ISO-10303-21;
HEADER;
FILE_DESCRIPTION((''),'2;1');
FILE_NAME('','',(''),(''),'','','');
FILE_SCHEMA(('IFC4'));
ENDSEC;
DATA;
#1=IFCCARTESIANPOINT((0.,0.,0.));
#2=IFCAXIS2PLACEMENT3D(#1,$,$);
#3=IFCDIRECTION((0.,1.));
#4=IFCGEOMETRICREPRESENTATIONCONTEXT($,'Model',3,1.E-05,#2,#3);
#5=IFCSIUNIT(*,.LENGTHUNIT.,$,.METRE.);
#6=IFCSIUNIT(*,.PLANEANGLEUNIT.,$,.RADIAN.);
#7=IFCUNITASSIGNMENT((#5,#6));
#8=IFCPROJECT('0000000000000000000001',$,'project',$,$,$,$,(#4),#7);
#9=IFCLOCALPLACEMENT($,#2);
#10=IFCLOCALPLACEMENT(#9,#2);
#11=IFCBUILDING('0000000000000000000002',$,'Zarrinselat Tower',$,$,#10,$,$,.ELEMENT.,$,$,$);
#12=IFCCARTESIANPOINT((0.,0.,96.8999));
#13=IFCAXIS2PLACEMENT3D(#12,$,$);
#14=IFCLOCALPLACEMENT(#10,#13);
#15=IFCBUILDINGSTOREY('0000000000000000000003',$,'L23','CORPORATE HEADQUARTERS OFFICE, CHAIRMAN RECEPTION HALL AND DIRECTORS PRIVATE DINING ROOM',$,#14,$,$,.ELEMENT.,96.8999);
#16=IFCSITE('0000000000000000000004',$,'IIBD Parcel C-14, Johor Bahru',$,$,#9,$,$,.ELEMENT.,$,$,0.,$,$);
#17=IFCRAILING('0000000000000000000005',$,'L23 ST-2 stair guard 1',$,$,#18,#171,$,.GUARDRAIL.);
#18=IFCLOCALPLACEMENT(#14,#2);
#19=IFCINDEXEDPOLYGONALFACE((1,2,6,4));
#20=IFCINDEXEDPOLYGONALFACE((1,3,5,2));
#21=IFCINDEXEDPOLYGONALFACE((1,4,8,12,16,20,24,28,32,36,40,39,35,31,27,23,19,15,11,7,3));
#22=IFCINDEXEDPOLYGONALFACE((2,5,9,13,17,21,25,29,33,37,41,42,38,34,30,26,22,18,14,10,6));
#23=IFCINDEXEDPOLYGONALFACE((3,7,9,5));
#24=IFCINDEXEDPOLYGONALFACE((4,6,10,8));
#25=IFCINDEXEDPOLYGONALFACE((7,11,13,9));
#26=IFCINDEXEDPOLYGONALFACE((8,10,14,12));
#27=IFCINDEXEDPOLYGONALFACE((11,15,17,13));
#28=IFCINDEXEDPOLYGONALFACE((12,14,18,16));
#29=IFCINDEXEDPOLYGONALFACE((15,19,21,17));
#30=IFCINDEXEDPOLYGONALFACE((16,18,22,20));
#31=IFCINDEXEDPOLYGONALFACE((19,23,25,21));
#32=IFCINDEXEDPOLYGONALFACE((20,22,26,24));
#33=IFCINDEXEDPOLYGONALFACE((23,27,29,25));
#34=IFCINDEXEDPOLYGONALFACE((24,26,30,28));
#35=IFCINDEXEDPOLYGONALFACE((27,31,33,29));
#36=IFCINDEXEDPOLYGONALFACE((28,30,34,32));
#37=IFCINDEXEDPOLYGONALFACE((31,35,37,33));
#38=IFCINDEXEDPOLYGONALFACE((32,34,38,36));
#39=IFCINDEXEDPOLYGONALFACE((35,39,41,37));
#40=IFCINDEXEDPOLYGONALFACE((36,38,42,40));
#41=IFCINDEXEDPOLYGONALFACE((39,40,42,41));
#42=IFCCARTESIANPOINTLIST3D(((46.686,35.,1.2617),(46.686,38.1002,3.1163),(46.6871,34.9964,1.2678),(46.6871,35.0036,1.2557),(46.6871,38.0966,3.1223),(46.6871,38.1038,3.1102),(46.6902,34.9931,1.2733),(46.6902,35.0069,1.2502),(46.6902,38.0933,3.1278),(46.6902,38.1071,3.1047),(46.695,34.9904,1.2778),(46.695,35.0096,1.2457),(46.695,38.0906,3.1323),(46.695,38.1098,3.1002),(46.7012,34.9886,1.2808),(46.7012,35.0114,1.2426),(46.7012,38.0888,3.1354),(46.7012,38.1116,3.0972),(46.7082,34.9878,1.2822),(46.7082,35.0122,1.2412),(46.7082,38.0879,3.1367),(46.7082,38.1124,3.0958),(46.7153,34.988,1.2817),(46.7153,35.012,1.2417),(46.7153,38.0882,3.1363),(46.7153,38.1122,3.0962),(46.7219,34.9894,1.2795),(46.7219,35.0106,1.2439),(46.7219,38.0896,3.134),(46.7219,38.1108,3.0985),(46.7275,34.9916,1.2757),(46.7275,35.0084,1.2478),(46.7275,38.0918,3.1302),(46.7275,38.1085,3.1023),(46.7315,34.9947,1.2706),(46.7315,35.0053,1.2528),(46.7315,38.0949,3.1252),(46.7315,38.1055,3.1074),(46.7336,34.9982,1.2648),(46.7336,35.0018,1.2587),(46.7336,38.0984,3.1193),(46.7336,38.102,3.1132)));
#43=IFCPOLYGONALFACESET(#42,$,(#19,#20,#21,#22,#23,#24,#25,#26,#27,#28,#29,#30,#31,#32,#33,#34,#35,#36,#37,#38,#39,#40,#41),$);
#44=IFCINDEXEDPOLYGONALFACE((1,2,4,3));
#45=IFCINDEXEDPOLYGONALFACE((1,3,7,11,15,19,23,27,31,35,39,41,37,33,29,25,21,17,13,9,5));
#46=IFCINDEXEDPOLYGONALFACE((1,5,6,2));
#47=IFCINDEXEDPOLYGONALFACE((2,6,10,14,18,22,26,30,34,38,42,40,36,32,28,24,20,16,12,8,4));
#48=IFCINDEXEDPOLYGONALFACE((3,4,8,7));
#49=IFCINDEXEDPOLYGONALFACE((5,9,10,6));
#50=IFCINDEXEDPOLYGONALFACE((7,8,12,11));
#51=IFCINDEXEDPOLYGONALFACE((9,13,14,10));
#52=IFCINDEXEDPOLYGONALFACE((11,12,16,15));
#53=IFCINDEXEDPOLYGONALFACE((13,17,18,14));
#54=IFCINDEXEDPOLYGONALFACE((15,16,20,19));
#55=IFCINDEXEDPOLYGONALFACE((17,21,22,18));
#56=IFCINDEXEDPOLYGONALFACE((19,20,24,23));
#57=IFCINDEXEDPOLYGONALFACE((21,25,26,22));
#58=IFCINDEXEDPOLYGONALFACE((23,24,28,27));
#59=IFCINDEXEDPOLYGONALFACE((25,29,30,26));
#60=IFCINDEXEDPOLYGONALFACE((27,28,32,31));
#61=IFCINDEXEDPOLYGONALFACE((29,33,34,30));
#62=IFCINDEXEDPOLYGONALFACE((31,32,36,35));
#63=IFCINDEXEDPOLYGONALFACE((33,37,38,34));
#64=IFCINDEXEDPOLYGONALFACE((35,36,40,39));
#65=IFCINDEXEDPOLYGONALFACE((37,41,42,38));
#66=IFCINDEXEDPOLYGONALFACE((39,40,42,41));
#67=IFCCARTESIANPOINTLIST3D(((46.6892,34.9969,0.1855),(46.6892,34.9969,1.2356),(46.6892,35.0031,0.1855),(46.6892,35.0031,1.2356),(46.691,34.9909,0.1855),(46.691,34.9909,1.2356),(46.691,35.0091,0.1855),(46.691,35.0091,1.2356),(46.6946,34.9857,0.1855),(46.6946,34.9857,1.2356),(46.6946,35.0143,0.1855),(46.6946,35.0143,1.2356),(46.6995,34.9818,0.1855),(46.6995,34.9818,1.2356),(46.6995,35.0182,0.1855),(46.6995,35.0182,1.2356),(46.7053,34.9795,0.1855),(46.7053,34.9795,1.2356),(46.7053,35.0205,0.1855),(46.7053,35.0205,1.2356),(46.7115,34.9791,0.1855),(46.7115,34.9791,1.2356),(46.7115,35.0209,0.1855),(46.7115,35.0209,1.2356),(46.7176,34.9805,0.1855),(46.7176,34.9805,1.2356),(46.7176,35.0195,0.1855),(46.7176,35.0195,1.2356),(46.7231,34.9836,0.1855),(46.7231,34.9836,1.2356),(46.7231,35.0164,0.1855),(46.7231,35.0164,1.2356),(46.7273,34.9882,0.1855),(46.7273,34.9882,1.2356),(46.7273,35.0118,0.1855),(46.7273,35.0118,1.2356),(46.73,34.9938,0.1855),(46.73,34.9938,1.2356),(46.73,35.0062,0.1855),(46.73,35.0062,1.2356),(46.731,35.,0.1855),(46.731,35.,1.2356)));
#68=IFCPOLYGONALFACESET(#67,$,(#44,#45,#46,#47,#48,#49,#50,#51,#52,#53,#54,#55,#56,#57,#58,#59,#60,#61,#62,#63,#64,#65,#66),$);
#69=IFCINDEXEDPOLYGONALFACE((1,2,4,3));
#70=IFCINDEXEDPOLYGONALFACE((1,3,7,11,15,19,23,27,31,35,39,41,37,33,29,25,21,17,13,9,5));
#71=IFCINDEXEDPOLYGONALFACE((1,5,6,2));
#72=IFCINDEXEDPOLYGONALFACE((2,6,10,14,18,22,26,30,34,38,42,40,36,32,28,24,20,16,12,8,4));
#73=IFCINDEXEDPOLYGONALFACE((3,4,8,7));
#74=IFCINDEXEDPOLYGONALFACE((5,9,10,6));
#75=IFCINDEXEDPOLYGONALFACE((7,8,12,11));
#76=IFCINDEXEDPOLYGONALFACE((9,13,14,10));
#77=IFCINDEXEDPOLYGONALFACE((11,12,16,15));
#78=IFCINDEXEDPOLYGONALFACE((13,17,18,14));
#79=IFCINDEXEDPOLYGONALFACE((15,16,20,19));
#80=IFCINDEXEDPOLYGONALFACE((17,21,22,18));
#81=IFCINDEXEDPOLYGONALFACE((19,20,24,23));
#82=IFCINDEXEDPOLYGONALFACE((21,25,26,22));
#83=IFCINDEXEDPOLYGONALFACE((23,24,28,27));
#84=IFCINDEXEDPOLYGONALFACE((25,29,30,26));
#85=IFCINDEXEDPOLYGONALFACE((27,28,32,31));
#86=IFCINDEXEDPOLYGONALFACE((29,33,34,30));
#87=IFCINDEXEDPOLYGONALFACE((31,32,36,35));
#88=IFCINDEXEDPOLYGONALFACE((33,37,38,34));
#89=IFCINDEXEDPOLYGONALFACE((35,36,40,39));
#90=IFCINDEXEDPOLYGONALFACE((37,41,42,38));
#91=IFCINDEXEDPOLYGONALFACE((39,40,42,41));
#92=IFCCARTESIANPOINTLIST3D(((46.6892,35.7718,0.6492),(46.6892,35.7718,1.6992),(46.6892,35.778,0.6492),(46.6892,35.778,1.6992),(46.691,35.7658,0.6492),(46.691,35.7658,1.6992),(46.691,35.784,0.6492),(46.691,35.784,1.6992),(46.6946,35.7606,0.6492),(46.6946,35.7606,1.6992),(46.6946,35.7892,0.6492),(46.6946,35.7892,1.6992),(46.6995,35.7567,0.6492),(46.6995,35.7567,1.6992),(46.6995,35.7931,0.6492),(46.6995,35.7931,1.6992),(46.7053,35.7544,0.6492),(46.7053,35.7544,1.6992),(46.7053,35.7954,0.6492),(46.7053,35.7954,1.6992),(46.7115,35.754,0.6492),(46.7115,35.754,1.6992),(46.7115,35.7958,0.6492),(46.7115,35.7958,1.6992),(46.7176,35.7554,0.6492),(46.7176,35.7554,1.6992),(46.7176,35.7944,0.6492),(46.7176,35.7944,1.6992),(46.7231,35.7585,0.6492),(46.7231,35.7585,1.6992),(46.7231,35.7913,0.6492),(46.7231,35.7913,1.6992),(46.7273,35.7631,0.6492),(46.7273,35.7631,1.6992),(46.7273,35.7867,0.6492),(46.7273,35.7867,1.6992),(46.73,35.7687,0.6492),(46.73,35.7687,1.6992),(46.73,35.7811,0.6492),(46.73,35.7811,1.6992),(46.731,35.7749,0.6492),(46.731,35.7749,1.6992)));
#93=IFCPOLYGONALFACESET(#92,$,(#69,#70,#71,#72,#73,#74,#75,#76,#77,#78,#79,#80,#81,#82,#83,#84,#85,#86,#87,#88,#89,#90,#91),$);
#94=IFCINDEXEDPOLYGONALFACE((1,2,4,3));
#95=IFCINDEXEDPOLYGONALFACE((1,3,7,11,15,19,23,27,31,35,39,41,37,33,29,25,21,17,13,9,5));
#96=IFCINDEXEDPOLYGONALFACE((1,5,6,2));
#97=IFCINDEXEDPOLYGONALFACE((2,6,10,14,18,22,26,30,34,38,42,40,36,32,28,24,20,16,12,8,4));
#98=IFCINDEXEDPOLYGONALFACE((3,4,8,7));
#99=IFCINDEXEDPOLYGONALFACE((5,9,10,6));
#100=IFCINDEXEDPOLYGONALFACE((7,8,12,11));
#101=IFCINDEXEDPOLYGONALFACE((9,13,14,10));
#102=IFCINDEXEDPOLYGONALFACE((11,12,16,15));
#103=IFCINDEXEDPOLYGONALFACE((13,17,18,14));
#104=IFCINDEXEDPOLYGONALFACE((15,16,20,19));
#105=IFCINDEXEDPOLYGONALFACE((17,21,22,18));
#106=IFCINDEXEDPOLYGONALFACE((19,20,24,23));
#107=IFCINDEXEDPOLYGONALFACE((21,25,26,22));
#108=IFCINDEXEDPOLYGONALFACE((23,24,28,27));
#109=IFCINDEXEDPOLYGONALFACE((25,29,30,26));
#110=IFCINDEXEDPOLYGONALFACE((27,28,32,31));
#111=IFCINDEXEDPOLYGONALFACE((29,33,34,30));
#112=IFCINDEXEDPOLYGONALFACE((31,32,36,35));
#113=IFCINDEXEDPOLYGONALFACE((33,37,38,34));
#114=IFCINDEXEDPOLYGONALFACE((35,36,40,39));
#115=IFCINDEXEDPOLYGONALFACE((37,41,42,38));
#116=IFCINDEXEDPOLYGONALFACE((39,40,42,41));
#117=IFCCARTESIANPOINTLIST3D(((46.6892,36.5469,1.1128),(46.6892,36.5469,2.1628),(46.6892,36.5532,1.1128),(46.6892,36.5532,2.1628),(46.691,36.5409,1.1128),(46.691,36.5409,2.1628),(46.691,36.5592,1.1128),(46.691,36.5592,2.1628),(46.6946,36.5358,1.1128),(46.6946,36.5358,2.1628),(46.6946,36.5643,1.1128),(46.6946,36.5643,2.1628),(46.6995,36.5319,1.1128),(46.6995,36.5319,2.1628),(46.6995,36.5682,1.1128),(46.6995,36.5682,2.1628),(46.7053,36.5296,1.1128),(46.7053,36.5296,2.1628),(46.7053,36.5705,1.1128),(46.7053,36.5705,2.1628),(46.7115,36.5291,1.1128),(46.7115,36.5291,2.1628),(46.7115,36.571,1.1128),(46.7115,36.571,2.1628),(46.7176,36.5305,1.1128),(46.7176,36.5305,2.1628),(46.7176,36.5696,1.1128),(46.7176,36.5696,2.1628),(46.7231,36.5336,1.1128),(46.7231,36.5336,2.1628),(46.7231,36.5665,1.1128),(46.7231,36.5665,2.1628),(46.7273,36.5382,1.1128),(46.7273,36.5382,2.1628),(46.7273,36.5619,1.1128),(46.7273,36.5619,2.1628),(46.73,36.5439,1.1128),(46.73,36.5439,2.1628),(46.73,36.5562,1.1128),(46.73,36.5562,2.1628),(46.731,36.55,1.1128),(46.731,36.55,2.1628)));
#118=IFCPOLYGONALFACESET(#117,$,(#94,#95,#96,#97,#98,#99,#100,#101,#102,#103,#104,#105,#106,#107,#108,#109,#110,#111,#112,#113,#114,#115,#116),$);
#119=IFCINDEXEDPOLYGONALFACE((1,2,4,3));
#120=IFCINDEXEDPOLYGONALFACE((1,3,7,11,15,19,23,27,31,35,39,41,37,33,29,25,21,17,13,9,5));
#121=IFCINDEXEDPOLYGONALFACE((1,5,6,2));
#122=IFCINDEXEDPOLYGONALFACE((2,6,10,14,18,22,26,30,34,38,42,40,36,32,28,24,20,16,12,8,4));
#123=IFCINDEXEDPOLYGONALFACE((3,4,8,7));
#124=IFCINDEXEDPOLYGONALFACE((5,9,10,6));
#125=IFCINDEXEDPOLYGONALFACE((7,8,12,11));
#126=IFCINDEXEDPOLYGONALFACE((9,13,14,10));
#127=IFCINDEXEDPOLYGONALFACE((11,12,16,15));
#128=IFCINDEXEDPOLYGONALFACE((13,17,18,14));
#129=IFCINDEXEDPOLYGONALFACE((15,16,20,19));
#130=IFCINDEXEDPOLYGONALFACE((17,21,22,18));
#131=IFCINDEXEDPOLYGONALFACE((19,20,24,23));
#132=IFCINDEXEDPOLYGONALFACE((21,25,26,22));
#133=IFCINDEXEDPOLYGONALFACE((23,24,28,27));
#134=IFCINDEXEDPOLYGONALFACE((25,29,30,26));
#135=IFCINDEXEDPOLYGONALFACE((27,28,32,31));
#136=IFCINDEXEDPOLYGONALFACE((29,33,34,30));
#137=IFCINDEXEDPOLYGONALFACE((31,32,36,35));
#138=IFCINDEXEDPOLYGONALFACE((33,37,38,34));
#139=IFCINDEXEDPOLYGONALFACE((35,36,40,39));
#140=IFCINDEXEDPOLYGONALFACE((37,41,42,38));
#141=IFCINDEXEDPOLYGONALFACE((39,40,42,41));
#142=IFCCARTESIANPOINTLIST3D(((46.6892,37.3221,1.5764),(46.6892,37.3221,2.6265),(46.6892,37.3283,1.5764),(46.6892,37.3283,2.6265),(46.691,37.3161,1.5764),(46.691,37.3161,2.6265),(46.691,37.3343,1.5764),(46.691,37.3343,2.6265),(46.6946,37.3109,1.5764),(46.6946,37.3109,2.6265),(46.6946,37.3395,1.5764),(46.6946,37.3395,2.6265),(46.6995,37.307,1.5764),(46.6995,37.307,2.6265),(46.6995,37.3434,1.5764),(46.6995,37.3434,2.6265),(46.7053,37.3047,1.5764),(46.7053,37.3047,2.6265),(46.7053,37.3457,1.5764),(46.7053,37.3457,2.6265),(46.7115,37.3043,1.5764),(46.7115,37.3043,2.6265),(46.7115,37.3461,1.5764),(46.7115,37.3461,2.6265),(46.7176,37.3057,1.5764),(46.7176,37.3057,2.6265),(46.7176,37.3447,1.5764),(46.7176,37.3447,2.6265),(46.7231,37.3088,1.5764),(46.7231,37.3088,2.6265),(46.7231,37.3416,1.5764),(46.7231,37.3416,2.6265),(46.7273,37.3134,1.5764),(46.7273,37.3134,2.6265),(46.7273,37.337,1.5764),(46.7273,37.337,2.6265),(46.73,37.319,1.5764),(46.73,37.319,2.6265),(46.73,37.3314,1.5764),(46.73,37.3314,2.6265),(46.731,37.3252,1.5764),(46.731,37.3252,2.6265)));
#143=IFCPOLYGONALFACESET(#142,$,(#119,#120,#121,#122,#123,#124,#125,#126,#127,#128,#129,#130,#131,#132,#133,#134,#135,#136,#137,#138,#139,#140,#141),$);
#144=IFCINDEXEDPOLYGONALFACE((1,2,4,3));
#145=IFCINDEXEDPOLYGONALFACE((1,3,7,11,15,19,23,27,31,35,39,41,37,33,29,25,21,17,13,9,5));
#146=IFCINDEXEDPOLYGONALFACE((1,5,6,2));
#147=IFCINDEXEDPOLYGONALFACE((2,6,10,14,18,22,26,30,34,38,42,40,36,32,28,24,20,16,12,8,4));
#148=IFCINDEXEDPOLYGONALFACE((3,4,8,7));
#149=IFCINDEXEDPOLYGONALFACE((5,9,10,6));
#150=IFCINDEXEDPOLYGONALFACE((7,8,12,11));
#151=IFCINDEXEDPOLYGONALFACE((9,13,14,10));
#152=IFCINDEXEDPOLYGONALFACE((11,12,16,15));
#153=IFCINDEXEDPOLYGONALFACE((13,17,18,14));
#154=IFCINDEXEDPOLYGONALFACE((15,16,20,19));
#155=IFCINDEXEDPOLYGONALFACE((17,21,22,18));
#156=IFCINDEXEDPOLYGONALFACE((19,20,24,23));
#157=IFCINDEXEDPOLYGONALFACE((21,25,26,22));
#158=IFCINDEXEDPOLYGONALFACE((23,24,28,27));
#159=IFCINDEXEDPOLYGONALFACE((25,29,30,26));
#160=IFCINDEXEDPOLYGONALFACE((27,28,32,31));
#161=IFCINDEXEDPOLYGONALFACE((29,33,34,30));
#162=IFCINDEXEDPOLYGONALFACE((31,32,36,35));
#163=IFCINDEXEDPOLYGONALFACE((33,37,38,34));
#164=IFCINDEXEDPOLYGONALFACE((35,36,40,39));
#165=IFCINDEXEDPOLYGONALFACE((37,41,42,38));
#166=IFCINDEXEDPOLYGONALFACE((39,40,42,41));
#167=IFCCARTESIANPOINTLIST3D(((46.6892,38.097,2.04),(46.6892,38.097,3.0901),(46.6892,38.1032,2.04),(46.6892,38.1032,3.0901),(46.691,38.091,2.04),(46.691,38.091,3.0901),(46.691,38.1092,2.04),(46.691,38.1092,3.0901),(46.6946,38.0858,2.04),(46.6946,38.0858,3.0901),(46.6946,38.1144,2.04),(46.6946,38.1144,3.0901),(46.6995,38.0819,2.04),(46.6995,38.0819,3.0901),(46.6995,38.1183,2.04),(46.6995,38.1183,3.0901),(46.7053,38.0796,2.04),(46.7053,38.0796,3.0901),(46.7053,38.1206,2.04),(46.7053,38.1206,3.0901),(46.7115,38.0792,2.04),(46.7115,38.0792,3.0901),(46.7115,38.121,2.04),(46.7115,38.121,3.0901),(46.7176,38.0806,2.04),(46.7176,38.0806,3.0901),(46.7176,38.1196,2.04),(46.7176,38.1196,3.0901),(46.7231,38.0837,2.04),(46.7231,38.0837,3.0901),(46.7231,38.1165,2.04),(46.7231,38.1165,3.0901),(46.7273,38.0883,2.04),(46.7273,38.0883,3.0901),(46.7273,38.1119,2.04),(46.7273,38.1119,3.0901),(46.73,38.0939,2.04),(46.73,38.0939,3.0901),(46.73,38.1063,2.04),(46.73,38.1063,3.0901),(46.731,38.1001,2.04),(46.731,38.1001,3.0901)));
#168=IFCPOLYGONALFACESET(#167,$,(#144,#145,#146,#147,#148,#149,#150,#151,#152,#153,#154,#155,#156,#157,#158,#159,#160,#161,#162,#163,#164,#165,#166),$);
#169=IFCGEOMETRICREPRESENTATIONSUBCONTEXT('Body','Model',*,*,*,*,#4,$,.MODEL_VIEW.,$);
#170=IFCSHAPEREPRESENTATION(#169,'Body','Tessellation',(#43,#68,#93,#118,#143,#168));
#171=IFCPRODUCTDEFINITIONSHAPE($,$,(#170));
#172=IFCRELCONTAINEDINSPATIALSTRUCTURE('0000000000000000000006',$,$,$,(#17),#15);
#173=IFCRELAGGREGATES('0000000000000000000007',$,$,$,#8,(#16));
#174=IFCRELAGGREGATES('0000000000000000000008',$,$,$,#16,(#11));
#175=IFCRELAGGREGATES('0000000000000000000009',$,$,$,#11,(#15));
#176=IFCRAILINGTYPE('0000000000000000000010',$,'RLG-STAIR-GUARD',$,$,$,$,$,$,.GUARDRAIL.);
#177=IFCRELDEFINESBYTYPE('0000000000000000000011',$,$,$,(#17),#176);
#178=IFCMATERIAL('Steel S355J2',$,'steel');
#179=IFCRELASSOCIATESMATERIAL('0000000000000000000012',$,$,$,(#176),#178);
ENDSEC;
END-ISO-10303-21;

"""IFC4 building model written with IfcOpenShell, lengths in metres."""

from ifc_helpers import new_model, si_unit, direction, frame, origin, origin_2d, place, context, subcontext, project, spatial, circle, extrude, material, type_object, element, save


model = new_model("IFC4")

# Units and contexts
model_context = context("Model", 3, precision=1e-05, world=origin(), true_north=direction((0.0, 1.0)))
body_context = subcontext(model_context, "Body", "Model", "MODEL_VIEW")
ifc_project = project(units=[si_unit("LENGTHUNIT", "METRE"), si_unit("PLANEANGLEUNIT", "RADIAN")], contexts=[model_context])

# Site, building, storey
site_placement = place(None, origin())
site = spatial("IfcSite", under=ifc_project, at=site_placement, Name="IIBD Parcel C-14, Johor Bahru", CompositionType="ELEMENT", RefElevation=0.0)
building_placement = place(site_placement, origin())
building = spatial("IfcBuilding", under=site, at=building_placement, Name="Zarrinselat Tower", CompositionType="ELEMENT")
storey_placement = place(building_placement, frame((0.0, 0.0, 96.8999)))
storey = spatial("IfcBuildingStorey", under=building, at=storey_placement, Name="L23", Description="CORPORATE HEADQUARTERS OFFICE, CHAIRMAN RECEPTION HALL AND DIRECTORS PRIVATE DINING ROOM", CompositionType="ELEMENT", Elevation=96.8999)

# Railing
ifc_material_1 = material(Name="Steel S355J2", Category="steel")
railing_type_1 = type_object("IfcRailingType", Name="RLG-STAIR-GUARD", PredefinedType="GUARDRAIL", material=ifc_material_1)
railing_1_placement = place(storey_placement, frame((46.71, 35.0, 0.1855)))
element("IfcRailing", 1, at=railing_1_placement, inside=storey, type_object=railing_type_1, Name="L23 ST-2 stair guard 1", PredefinedType="GUARDRAIL", context=body_context, shape_type="SweptSolid", body=[
    extrude(circle(Radius=0.0239, at=origin_2d()), frame((0.0, 0.0, 1.0762), z_axis=(0.0, 0.858172, 0.513362), x_axis=(-1.0, 0.0, 0.0)), (0.0, 0.0, 1.0), 3.6125),
    extrude(circle(Radius=0.021, at=origin_2d()), origin(), (0.0, 0.0, 1.0), 1.05),
    extrude(circle(Radius=0.021, at=origin_2d()), frame((0.0, 0.7749, 0.4636)), (0.0, 0.0, 1.0), 1.05),
    extrude(circle(Radius=0.021, at=origin_2d()), frame((0.0, 1.55, 0.9272)), (0.0, 0.0, 1.0), 1.05),
    extrude(circle(Radius=0.021, at=origin_2d()), frame((0.0, 2.3252, 1.3909)), (0.0, 0.0, 1.0), 1.05),
    extrude(circle(Radius=0.021, at=origin_2d()), frame((0.0, 3.1001, 1.8545)), (0.0, 0.0, 1.0), 1.05),
])

save(model, "model.ifc")
